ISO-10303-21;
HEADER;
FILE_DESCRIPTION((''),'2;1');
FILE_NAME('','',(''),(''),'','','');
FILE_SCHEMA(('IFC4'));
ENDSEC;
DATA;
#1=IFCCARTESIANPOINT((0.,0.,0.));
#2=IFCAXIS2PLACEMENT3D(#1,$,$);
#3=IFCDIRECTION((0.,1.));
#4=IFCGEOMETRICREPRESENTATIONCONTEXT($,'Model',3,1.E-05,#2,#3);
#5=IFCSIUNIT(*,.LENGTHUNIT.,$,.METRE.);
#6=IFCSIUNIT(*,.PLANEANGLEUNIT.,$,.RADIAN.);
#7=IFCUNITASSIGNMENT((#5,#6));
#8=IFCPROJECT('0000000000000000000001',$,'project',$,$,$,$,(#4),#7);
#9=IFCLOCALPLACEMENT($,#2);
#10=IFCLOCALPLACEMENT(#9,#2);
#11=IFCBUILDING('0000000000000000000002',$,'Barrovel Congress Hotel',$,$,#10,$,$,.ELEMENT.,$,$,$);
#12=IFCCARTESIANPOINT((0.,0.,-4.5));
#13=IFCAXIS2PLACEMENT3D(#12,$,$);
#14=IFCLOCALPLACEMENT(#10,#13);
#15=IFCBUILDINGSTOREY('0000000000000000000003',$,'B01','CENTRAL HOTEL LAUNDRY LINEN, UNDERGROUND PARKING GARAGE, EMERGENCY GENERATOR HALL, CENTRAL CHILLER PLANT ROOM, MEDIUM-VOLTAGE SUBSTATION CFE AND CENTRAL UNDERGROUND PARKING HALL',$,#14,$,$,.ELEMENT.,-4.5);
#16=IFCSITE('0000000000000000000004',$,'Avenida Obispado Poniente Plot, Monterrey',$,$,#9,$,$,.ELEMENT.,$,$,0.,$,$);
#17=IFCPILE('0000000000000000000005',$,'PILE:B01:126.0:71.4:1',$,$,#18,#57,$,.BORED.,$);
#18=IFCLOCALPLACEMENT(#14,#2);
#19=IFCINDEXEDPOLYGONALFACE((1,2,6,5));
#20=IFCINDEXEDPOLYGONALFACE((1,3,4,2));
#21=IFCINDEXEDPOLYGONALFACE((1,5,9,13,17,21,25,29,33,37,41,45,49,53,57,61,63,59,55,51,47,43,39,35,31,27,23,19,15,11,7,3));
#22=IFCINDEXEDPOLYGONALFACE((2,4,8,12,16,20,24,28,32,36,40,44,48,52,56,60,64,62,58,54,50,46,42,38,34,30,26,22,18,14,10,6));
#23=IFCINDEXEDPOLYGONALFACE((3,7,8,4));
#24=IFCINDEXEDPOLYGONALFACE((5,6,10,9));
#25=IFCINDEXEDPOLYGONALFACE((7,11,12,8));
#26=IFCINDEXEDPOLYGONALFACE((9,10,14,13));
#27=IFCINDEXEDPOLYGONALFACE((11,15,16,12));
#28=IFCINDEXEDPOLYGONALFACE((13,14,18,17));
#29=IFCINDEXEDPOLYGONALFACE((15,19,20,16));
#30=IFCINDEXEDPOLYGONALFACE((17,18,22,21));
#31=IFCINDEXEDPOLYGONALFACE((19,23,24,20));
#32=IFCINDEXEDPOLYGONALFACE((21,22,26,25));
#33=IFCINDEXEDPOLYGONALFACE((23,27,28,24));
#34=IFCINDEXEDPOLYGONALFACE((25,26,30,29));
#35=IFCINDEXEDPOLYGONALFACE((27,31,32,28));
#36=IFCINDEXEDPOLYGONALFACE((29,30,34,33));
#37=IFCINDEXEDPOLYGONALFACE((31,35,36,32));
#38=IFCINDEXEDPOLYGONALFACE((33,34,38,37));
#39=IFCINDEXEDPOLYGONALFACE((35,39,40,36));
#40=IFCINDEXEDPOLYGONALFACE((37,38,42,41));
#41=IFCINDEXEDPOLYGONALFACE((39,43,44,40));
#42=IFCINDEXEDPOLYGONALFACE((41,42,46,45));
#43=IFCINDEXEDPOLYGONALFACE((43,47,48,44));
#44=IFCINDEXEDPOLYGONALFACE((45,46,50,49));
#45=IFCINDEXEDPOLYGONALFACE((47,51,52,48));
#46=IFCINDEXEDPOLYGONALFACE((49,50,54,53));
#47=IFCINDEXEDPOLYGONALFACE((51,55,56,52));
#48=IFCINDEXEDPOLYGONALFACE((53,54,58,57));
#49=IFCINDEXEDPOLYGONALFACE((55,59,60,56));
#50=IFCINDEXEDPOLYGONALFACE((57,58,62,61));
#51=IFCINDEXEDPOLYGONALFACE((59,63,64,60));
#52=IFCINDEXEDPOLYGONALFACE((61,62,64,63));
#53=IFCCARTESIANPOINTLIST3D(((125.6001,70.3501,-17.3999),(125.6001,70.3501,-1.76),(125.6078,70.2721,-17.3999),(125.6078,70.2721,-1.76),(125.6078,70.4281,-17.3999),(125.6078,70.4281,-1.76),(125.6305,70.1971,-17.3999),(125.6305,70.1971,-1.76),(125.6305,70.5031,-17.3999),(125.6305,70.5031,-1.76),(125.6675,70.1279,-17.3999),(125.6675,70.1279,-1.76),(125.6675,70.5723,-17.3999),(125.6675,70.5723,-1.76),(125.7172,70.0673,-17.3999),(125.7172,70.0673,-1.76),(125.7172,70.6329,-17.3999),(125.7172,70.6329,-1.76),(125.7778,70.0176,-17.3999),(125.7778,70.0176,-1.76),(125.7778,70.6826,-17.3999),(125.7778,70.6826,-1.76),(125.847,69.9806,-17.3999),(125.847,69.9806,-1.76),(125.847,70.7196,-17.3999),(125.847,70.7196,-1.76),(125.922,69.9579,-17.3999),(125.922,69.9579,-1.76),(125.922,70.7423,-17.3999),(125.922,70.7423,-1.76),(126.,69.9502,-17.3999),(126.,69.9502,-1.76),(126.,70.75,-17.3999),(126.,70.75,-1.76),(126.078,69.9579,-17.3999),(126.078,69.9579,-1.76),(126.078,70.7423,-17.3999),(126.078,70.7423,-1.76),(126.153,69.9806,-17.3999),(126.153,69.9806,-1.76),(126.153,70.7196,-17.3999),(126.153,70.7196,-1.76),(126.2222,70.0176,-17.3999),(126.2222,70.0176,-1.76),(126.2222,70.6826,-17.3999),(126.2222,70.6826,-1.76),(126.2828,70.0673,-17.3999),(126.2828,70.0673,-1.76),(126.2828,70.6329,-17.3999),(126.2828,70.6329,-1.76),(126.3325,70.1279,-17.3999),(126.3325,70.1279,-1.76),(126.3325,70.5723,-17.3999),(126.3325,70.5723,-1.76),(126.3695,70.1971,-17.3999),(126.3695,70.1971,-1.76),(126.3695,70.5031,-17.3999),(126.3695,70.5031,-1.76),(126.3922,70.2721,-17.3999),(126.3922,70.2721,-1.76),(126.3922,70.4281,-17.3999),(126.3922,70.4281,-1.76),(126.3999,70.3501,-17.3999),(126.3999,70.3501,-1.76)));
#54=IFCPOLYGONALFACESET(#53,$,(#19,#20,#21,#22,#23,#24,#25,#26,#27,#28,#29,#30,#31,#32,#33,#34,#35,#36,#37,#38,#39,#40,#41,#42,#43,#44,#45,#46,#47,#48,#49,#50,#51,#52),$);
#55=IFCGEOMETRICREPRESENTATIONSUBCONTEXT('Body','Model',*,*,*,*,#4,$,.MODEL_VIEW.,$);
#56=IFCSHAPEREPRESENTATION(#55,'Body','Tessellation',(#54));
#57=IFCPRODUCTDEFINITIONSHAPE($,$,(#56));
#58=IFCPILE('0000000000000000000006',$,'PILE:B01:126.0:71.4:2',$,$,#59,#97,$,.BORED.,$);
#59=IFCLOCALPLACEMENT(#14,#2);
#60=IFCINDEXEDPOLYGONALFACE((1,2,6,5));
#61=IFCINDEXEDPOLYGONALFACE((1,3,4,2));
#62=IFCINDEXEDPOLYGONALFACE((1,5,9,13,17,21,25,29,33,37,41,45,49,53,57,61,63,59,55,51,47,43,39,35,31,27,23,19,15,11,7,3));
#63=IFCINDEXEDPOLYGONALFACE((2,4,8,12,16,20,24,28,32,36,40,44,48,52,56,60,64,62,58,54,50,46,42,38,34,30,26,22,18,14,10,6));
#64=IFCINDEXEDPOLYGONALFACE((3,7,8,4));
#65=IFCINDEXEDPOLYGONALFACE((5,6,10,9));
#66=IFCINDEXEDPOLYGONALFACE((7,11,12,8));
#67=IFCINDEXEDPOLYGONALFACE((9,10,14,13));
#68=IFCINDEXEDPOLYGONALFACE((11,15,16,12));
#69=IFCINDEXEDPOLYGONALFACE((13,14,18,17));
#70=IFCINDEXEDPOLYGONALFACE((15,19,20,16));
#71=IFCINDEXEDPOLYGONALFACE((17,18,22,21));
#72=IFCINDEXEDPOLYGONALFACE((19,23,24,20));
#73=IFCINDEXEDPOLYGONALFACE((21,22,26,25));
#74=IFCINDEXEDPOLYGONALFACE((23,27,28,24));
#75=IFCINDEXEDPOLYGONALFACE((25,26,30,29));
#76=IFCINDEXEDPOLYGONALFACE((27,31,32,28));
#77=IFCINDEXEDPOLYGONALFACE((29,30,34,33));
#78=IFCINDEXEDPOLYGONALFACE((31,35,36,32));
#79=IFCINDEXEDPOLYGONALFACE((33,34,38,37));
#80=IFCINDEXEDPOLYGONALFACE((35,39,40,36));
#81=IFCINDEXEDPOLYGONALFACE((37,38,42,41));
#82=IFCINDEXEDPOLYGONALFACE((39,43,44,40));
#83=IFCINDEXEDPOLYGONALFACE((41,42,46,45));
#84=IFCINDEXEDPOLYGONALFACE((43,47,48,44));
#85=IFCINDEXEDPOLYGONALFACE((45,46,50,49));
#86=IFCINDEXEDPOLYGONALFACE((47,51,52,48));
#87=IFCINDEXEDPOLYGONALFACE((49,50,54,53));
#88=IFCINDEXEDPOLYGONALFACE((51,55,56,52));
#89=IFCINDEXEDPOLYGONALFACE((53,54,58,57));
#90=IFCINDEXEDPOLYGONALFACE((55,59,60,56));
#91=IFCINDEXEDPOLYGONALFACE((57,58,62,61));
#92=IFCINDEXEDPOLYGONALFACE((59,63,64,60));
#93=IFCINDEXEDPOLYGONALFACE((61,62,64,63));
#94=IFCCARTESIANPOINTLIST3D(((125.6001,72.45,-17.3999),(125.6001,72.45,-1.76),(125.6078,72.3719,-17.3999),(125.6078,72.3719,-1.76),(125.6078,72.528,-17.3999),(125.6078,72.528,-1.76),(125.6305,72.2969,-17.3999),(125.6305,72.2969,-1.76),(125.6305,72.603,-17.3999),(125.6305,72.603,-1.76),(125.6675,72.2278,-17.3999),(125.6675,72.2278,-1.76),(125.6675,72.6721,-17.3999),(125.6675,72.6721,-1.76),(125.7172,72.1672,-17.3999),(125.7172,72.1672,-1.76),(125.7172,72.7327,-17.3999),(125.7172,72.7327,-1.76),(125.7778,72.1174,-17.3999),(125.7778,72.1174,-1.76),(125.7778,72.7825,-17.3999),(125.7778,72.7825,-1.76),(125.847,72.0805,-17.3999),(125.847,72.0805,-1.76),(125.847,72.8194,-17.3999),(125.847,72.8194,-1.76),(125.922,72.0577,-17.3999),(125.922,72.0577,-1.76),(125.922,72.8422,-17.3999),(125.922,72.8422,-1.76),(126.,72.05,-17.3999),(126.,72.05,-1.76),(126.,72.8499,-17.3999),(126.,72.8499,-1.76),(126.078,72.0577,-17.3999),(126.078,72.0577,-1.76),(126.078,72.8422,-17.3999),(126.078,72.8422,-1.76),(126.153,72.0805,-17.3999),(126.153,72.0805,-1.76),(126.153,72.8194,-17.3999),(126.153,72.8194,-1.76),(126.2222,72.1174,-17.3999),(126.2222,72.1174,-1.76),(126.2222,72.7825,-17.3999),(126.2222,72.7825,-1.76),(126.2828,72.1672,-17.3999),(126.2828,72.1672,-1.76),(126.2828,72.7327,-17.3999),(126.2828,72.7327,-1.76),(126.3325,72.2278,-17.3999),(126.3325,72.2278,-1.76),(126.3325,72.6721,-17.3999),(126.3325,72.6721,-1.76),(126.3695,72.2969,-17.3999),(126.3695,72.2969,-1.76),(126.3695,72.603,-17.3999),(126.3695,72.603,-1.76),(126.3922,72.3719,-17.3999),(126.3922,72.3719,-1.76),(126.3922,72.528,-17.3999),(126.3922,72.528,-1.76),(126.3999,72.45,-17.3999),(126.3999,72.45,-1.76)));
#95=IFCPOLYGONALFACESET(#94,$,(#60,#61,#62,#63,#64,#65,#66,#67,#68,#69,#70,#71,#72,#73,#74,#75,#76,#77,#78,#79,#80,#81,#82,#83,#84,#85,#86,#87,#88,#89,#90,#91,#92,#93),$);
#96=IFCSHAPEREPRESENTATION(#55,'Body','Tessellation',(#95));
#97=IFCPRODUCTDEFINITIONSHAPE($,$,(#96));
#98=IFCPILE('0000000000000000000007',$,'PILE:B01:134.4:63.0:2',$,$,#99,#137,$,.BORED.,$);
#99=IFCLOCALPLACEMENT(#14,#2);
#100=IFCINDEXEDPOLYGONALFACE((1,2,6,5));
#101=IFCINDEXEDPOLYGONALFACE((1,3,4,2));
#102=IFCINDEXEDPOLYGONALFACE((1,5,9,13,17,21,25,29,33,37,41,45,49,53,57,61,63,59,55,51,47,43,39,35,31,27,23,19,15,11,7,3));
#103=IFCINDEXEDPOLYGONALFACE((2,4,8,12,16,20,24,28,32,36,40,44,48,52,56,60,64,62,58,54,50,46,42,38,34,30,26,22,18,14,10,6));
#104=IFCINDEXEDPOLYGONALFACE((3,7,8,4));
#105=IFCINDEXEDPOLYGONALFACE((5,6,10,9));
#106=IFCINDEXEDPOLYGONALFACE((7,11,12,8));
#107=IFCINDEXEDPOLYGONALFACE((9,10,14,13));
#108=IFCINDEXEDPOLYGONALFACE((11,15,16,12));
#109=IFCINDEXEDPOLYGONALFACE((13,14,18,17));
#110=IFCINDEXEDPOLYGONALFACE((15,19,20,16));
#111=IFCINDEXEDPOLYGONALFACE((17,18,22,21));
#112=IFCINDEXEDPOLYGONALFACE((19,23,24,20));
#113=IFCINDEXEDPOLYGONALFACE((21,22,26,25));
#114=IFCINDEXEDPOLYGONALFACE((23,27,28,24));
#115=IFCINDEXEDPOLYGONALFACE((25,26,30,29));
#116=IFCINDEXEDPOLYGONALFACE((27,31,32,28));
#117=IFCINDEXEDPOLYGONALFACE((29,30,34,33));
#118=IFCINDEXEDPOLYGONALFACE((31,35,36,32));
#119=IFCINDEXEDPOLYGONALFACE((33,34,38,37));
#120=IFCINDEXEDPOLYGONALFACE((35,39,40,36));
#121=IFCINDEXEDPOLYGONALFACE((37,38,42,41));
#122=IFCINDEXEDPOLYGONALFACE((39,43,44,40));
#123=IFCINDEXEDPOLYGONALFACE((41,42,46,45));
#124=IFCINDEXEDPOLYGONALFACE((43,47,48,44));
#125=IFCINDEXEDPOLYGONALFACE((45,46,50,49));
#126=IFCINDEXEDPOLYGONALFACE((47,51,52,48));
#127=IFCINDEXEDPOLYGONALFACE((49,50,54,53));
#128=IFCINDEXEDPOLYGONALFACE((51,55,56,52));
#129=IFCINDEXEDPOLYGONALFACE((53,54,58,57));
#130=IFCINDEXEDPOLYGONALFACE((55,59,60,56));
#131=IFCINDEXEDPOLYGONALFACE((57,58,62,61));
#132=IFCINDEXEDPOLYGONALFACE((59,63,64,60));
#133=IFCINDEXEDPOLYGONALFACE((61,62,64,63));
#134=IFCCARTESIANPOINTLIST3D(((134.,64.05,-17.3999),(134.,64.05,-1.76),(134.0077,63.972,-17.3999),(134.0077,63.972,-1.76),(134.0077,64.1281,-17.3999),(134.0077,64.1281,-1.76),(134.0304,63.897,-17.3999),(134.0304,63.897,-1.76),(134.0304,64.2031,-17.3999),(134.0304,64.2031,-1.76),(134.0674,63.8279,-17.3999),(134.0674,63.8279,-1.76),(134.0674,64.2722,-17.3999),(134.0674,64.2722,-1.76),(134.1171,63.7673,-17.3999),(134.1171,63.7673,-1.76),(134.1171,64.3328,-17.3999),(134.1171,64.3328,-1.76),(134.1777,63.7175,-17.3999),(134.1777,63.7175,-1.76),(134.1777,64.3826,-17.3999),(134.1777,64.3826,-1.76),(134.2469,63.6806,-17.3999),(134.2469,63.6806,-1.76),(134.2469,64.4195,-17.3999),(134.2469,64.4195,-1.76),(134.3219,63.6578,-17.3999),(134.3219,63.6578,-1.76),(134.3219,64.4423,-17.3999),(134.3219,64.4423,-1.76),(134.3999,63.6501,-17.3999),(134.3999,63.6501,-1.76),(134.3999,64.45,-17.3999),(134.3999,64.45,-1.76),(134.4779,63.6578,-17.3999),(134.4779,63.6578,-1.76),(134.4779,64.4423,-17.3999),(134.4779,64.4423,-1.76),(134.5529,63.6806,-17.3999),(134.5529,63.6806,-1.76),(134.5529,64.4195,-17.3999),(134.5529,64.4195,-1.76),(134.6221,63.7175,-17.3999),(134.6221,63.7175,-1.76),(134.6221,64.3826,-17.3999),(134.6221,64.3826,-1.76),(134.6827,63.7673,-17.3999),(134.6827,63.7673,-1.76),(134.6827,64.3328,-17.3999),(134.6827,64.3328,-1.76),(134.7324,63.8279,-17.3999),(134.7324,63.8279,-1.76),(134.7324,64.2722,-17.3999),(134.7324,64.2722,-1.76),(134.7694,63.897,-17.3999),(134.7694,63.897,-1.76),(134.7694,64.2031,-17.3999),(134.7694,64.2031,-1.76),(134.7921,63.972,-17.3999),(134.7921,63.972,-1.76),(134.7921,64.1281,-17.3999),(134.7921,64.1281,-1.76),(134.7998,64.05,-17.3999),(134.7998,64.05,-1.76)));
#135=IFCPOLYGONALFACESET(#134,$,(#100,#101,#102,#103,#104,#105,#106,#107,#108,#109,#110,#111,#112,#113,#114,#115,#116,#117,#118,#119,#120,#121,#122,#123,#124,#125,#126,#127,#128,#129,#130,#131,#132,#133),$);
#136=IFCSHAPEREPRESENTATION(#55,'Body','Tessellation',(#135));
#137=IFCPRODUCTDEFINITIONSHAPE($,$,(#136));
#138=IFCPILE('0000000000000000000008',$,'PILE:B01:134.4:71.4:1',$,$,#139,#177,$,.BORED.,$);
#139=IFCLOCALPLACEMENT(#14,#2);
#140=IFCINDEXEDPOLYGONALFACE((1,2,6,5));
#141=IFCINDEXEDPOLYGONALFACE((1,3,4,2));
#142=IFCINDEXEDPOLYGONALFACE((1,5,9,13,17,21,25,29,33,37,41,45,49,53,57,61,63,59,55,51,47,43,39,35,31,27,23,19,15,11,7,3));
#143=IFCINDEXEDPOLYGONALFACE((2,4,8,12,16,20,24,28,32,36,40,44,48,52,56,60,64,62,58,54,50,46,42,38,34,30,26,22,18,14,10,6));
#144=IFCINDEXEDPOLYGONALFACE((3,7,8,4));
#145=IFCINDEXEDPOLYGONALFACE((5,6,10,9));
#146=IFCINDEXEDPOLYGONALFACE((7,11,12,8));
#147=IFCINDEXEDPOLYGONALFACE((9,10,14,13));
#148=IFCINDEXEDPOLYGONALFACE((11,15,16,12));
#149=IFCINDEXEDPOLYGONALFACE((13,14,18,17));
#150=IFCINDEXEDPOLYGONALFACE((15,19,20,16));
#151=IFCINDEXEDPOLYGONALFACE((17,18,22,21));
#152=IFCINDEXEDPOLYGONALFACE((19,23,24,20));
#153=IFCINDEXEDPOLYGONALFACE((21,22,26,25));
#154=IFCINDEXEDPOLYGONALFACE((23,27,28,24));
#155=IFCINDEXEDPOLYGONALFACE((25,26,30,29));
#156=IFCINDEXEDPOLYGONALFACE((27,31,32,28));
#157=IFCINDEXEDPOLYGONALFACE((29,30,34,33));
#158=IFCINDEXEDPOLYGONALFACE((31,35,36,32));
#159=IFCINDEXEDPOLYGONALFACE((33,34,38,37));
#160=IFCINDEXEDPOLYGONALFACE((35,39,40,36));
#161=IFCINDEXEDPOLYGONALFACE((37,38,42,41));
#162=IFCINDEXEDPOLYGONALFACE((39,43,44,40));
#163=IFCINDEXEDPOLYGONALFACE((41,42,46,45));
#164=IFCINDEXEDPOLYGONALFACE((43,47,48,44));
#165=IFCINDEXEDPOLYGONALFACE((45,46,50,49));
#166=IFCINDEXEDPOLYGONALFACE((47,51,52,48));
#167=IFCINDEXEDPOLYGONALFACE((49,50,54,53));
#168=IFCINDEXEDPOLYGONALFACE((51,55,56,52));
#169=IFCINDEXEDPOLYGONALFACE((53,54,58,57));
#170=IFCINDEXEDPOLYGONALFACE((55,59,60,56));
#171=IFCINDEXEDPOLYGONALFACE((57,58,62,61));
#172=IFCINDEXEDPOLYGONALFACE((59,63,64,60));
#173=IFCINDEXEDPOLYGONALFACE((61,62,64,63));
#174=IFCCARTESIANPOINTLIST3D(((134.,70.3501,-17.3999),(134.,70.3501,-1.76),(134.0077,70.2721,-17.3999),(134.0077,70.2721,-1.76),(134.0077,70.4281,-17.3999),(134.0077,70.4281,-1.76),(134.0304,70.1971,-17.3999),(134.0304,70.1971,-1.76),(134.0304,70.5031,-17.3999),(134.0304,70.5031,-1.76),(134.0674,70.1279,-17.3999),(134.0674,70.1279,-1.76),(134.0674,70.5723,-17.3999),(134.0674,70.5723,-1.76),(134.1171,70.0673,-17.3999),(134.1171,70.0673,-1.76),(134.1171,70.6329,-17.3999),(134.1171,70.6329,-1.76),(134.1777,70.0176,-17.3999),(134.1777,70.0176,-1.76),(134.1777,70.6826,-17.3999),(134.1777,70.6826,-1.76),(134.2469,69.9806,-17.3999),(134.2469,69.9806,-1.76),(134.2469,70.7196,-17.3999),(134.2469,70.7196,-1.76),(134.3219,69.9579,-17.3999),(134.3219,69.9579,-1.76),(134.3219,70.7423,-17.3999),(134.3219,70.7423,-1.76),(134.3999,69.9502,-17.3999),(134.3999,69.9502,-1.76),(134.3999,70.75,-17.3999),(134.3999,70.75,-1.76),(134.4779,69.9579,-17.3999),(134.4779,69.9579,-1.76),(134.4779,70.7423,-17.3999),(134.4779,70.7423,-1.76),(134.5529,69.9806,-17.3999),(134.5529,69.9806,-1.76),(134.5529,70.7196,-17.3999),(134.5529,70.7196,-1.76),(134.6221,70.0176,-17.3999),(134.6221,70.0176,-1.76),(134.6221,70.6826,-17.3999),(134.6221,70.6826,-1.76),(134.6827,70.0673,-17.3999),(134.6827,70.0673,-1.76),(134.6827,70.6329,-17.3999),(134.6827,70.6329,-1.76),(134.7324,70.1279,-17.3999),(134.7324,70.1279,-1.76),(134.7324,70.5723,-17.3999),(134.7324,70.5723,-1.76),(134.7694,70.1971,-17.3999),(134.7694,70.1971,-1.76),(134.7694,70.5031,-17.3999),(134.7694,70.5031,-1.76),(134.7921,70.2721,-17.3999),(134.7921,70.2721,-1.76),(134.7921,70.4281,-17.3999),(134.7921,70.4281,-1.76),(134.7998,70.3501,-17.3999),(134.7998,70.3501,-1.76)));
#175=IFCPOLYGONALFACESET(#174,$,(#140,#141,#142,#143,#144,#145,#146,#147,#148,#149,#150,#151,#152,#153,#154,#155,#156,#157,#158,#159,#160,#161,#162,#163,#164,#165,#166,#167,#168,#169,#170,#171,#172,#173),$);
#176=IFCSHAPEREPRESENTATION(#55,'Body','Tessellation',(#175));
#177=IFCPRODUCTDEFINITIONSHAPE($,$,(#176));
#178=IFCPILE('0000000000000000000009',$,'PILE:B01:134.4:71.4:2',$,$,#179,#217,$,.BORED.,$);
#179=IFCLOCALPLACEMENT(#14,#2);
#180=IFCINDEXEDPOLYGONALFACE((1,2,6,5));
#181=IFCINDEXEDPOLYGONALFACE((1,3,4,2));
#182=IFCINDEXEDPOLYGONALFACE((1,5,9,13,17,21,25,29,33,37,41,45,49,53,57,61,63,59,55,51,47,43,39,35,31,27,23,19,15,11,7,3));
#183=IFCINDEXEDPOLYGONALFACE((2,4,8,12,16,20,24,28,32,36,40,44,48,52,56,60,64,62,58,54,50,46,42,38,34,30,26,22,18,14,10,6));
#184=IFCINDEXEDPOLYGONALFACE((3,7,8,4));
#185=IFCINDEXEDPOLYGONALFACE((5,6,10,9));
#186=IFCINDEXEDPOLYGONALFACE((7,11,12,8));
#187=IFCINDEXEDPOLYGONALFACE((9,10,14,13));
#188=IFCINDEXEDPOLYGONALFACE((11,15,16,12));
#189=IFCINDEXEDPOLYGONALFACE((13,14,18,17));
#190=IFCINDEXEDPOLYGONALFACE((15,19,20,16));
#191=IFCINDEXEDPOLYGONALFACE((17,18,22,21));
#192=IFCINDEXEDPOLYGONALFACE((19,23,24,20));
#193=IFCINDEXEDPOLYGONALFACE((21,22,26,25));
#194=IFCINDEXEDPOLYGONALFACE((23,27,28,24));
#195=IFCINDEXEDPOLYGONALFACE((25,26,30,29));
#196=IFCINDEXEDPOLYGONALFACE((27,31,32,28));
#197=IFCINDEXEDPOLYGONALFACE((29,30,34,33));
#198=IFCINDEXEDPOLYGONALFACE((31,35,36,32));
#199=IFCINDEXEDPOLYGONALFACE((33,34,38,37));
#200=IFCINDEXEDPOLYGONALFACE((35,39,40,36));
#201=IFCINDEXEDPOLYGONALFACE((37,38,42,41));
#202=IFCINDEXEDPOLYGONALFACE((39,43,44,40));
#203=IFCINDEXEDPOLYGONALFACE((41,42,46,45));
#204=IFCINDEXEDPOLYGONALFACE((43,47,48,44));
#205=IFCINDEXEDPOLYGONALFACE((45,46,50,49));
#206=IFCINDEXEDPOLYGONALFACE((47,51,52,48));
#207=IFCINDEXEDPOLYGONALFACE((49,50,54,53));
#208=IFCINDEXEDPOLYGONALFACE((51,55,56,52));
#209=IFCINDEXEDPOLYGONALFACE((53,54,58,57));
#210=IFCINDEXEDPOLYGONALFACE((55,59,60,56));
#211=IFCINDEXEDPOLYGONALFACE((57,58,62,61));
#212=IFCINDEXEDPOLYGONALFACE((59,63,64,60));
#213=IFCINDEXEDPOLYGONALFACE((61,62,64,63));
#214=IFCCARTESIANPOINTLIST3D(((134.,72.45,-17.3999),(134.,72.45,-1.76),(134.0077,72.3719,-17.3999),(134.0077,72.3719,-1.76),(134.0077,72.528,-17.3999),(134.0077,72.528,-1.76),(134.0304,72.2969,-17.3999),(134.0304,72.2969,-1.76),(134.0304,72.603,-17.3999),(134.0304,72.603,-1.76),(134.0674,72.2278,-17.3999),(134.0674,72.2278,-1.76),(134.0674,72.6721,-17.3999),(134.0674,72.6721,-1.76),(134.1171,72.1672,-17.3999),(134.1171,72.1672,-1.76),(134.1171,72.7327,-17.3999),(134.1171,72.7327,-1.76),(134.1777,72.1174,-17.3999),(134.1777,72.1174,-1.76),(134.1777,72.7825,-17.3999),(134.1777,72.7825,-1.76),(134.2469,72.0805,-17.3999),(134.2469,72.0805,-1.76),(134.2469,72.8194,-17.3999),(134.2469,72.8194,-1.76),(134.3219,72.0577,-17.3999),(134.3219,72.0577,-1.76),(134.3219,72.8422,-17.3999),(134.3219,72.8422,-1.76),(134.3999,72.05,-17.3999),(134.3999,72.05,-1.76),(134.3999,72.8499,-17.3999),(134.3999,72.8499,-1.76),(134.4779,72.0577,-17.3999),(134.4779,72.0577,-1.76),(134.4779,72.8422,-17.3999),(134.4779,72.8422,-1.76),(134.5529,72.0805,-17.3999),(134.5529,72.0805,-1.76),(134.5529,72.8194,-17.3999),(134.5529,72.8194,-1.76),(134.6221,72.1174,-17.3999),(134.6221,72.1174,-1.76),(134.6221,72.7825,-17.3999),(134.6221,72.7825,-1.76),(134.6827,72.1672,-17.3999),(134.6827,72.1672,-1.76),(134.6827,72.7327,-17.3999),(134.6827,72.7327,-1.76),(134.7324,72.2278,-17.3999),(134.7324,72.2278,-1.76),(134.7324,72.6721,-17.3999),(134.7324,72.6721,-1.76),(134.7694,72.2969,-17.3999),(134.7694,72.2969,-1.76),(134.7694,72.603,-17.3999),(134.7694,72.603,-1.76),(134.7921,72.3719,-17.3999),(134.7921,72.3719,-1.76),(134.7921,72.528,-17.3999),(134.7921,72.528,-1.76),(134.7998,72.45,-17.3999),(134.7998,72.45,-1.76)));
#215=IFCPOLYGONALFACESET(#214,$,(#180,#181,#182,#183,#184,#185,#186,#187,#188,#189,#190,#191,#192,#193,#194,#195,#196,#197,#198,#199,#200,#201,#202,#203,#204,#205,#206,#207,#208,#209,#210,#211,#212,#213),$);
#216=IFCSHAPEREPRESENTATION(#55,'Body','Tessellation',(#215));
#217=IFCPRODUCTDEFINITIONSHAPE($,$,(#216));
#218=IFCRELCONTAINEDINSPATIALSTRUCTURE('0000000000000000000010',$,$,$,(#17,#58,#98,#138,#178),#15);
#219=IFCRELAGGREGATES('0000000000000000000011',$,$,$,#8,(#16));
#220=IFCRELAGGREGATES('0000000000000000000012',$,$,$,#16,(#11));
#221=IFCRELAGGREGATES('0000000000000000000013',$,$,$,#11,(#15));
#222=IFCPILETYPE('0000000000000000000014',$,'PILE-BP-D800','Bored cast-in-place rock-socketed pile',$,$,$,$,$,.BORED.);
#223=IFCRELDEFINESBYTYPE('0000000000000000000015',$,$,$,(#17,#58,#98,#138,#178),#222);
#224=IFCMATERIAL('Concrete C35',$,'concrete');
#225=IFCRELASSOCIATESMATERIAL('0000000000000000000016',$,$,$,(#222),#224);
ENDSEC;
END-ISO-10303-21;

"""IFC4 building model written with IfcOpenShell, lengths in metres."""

from ifc_helpers import new_model, si_unit, direction, frame, origin, origin_2d, place, context, subcontext, project, spatial, circle, extrude, material, material_profile, profile_set, type_object, element, save


model = new_model("IFC4")

# Units and contexts
model_context = context("Model", 3, precision=1e-05, world=origin(), true_north=direction((0.0, 1.0)))
body_context = subcontext(model_context, "Body", "Model", "MODEL_VIEW")
ifc_project = project(units=[si_unit("LENGTHUNIT", "METRE"), si_unit("PLANEANGLEUNIT", "RADIAN")], contexts=[model_context])

# Site, building, storey
site_placement = place(None, origin())
site = spatial("IfcSite", under=ifc_project, at=site_placement, Name="Avenida Obispado Poniente Plot, Monterrey", CompositionType="ELEMENT", RefElevation=0.0)
building_placement = place(site_placement, origin())
building = spatial("IfcBuilding", under=site, at=building_placement, Name="Barrovel Congress Hotel", CompositionType="ELEMENT")
storey_placement = place(building_placement, frame((0.0, 0.0, -4.5)))
storey = spatial("IfcBuildingStorey", under=building, at=storey_placement, Name="B01", Description="CENTRAL HOTEL LAUNDRY LINEN, UNDERGROUND PARKING GARAGE, EMERGENCY GENERATOR HALL, CENTRAL CHILLER PLANT ROOM, MEDIUM-VOLTAGE SUBSTATION CFE AND CENTRAL UNDERGROUND PARKING HALL", CompositionType="ELEMENT", Elevation=-4.5)

# Piles
ifc_material_1 = material(Name="Concrete C35", Category="concrete")
ifc_material_profile_1 = material_profile(ifc_material_1, circle(Radius=0.3999, at=origin_2d()), Name="BP-D800")
ifc_profile_set_1 = profile_set([ifc_material_profile_1], Name="Concrete C35")
pile_type_1 = type_object("IfcPileType", Name="PILE-BP-D800", Description="Bored cast-in-place rock-socketed pile", PredefinedType="BORED", material=ifc_profile_set_1)
for number, where, z_axis, x_axis, name in (
    (1, (126.0, 70.3501, -1.76), (0.0, 0.0, -1.0), (1.0, 0.0, 0.0), "PILE:B01:126.0:71.4:1"),
    (2, (126.0, 72.45, -1.76), (0.0, 0.0, -1.0), (1.0, 0.0, 0.0), "PILE:B01:126.0:71.4:2"),
    (3, (134.3999, 64.05, -1.76), (0.0, 0.0, -1.0), (1.0, 0.0, 0.0), "PILE:B01:134.4:63.0:2"),
    (4, (134.3999, 70.3501, -1.76), (0.0, 0.0, -1.0), (1.0, 0.0, 0.0), "PILE:B01:134.4:71.4:1"),
    (5, (134.3999, 72.45, -1.76), (0.0, 0.0, -1.0), (1.0, 0.0, 0.0), "PILE:B01:134.4:71.4:2"),
):
    element("IfcPile", number, at=place(storey_placement, frame(where, z_axis=z_axis, x_axis=x_axis)), inside=storey, type_object=pile_type_1, Name=name, PredefinedType="BORED", context=body_context, shape_type="SweptSolid", body=[
        extrude(circle(Radius=0.3999, at=origin_2d()), origin(), (0.0, 0.0, 1.0), 15.6399),
    ])

save(model, "model.ifc")
